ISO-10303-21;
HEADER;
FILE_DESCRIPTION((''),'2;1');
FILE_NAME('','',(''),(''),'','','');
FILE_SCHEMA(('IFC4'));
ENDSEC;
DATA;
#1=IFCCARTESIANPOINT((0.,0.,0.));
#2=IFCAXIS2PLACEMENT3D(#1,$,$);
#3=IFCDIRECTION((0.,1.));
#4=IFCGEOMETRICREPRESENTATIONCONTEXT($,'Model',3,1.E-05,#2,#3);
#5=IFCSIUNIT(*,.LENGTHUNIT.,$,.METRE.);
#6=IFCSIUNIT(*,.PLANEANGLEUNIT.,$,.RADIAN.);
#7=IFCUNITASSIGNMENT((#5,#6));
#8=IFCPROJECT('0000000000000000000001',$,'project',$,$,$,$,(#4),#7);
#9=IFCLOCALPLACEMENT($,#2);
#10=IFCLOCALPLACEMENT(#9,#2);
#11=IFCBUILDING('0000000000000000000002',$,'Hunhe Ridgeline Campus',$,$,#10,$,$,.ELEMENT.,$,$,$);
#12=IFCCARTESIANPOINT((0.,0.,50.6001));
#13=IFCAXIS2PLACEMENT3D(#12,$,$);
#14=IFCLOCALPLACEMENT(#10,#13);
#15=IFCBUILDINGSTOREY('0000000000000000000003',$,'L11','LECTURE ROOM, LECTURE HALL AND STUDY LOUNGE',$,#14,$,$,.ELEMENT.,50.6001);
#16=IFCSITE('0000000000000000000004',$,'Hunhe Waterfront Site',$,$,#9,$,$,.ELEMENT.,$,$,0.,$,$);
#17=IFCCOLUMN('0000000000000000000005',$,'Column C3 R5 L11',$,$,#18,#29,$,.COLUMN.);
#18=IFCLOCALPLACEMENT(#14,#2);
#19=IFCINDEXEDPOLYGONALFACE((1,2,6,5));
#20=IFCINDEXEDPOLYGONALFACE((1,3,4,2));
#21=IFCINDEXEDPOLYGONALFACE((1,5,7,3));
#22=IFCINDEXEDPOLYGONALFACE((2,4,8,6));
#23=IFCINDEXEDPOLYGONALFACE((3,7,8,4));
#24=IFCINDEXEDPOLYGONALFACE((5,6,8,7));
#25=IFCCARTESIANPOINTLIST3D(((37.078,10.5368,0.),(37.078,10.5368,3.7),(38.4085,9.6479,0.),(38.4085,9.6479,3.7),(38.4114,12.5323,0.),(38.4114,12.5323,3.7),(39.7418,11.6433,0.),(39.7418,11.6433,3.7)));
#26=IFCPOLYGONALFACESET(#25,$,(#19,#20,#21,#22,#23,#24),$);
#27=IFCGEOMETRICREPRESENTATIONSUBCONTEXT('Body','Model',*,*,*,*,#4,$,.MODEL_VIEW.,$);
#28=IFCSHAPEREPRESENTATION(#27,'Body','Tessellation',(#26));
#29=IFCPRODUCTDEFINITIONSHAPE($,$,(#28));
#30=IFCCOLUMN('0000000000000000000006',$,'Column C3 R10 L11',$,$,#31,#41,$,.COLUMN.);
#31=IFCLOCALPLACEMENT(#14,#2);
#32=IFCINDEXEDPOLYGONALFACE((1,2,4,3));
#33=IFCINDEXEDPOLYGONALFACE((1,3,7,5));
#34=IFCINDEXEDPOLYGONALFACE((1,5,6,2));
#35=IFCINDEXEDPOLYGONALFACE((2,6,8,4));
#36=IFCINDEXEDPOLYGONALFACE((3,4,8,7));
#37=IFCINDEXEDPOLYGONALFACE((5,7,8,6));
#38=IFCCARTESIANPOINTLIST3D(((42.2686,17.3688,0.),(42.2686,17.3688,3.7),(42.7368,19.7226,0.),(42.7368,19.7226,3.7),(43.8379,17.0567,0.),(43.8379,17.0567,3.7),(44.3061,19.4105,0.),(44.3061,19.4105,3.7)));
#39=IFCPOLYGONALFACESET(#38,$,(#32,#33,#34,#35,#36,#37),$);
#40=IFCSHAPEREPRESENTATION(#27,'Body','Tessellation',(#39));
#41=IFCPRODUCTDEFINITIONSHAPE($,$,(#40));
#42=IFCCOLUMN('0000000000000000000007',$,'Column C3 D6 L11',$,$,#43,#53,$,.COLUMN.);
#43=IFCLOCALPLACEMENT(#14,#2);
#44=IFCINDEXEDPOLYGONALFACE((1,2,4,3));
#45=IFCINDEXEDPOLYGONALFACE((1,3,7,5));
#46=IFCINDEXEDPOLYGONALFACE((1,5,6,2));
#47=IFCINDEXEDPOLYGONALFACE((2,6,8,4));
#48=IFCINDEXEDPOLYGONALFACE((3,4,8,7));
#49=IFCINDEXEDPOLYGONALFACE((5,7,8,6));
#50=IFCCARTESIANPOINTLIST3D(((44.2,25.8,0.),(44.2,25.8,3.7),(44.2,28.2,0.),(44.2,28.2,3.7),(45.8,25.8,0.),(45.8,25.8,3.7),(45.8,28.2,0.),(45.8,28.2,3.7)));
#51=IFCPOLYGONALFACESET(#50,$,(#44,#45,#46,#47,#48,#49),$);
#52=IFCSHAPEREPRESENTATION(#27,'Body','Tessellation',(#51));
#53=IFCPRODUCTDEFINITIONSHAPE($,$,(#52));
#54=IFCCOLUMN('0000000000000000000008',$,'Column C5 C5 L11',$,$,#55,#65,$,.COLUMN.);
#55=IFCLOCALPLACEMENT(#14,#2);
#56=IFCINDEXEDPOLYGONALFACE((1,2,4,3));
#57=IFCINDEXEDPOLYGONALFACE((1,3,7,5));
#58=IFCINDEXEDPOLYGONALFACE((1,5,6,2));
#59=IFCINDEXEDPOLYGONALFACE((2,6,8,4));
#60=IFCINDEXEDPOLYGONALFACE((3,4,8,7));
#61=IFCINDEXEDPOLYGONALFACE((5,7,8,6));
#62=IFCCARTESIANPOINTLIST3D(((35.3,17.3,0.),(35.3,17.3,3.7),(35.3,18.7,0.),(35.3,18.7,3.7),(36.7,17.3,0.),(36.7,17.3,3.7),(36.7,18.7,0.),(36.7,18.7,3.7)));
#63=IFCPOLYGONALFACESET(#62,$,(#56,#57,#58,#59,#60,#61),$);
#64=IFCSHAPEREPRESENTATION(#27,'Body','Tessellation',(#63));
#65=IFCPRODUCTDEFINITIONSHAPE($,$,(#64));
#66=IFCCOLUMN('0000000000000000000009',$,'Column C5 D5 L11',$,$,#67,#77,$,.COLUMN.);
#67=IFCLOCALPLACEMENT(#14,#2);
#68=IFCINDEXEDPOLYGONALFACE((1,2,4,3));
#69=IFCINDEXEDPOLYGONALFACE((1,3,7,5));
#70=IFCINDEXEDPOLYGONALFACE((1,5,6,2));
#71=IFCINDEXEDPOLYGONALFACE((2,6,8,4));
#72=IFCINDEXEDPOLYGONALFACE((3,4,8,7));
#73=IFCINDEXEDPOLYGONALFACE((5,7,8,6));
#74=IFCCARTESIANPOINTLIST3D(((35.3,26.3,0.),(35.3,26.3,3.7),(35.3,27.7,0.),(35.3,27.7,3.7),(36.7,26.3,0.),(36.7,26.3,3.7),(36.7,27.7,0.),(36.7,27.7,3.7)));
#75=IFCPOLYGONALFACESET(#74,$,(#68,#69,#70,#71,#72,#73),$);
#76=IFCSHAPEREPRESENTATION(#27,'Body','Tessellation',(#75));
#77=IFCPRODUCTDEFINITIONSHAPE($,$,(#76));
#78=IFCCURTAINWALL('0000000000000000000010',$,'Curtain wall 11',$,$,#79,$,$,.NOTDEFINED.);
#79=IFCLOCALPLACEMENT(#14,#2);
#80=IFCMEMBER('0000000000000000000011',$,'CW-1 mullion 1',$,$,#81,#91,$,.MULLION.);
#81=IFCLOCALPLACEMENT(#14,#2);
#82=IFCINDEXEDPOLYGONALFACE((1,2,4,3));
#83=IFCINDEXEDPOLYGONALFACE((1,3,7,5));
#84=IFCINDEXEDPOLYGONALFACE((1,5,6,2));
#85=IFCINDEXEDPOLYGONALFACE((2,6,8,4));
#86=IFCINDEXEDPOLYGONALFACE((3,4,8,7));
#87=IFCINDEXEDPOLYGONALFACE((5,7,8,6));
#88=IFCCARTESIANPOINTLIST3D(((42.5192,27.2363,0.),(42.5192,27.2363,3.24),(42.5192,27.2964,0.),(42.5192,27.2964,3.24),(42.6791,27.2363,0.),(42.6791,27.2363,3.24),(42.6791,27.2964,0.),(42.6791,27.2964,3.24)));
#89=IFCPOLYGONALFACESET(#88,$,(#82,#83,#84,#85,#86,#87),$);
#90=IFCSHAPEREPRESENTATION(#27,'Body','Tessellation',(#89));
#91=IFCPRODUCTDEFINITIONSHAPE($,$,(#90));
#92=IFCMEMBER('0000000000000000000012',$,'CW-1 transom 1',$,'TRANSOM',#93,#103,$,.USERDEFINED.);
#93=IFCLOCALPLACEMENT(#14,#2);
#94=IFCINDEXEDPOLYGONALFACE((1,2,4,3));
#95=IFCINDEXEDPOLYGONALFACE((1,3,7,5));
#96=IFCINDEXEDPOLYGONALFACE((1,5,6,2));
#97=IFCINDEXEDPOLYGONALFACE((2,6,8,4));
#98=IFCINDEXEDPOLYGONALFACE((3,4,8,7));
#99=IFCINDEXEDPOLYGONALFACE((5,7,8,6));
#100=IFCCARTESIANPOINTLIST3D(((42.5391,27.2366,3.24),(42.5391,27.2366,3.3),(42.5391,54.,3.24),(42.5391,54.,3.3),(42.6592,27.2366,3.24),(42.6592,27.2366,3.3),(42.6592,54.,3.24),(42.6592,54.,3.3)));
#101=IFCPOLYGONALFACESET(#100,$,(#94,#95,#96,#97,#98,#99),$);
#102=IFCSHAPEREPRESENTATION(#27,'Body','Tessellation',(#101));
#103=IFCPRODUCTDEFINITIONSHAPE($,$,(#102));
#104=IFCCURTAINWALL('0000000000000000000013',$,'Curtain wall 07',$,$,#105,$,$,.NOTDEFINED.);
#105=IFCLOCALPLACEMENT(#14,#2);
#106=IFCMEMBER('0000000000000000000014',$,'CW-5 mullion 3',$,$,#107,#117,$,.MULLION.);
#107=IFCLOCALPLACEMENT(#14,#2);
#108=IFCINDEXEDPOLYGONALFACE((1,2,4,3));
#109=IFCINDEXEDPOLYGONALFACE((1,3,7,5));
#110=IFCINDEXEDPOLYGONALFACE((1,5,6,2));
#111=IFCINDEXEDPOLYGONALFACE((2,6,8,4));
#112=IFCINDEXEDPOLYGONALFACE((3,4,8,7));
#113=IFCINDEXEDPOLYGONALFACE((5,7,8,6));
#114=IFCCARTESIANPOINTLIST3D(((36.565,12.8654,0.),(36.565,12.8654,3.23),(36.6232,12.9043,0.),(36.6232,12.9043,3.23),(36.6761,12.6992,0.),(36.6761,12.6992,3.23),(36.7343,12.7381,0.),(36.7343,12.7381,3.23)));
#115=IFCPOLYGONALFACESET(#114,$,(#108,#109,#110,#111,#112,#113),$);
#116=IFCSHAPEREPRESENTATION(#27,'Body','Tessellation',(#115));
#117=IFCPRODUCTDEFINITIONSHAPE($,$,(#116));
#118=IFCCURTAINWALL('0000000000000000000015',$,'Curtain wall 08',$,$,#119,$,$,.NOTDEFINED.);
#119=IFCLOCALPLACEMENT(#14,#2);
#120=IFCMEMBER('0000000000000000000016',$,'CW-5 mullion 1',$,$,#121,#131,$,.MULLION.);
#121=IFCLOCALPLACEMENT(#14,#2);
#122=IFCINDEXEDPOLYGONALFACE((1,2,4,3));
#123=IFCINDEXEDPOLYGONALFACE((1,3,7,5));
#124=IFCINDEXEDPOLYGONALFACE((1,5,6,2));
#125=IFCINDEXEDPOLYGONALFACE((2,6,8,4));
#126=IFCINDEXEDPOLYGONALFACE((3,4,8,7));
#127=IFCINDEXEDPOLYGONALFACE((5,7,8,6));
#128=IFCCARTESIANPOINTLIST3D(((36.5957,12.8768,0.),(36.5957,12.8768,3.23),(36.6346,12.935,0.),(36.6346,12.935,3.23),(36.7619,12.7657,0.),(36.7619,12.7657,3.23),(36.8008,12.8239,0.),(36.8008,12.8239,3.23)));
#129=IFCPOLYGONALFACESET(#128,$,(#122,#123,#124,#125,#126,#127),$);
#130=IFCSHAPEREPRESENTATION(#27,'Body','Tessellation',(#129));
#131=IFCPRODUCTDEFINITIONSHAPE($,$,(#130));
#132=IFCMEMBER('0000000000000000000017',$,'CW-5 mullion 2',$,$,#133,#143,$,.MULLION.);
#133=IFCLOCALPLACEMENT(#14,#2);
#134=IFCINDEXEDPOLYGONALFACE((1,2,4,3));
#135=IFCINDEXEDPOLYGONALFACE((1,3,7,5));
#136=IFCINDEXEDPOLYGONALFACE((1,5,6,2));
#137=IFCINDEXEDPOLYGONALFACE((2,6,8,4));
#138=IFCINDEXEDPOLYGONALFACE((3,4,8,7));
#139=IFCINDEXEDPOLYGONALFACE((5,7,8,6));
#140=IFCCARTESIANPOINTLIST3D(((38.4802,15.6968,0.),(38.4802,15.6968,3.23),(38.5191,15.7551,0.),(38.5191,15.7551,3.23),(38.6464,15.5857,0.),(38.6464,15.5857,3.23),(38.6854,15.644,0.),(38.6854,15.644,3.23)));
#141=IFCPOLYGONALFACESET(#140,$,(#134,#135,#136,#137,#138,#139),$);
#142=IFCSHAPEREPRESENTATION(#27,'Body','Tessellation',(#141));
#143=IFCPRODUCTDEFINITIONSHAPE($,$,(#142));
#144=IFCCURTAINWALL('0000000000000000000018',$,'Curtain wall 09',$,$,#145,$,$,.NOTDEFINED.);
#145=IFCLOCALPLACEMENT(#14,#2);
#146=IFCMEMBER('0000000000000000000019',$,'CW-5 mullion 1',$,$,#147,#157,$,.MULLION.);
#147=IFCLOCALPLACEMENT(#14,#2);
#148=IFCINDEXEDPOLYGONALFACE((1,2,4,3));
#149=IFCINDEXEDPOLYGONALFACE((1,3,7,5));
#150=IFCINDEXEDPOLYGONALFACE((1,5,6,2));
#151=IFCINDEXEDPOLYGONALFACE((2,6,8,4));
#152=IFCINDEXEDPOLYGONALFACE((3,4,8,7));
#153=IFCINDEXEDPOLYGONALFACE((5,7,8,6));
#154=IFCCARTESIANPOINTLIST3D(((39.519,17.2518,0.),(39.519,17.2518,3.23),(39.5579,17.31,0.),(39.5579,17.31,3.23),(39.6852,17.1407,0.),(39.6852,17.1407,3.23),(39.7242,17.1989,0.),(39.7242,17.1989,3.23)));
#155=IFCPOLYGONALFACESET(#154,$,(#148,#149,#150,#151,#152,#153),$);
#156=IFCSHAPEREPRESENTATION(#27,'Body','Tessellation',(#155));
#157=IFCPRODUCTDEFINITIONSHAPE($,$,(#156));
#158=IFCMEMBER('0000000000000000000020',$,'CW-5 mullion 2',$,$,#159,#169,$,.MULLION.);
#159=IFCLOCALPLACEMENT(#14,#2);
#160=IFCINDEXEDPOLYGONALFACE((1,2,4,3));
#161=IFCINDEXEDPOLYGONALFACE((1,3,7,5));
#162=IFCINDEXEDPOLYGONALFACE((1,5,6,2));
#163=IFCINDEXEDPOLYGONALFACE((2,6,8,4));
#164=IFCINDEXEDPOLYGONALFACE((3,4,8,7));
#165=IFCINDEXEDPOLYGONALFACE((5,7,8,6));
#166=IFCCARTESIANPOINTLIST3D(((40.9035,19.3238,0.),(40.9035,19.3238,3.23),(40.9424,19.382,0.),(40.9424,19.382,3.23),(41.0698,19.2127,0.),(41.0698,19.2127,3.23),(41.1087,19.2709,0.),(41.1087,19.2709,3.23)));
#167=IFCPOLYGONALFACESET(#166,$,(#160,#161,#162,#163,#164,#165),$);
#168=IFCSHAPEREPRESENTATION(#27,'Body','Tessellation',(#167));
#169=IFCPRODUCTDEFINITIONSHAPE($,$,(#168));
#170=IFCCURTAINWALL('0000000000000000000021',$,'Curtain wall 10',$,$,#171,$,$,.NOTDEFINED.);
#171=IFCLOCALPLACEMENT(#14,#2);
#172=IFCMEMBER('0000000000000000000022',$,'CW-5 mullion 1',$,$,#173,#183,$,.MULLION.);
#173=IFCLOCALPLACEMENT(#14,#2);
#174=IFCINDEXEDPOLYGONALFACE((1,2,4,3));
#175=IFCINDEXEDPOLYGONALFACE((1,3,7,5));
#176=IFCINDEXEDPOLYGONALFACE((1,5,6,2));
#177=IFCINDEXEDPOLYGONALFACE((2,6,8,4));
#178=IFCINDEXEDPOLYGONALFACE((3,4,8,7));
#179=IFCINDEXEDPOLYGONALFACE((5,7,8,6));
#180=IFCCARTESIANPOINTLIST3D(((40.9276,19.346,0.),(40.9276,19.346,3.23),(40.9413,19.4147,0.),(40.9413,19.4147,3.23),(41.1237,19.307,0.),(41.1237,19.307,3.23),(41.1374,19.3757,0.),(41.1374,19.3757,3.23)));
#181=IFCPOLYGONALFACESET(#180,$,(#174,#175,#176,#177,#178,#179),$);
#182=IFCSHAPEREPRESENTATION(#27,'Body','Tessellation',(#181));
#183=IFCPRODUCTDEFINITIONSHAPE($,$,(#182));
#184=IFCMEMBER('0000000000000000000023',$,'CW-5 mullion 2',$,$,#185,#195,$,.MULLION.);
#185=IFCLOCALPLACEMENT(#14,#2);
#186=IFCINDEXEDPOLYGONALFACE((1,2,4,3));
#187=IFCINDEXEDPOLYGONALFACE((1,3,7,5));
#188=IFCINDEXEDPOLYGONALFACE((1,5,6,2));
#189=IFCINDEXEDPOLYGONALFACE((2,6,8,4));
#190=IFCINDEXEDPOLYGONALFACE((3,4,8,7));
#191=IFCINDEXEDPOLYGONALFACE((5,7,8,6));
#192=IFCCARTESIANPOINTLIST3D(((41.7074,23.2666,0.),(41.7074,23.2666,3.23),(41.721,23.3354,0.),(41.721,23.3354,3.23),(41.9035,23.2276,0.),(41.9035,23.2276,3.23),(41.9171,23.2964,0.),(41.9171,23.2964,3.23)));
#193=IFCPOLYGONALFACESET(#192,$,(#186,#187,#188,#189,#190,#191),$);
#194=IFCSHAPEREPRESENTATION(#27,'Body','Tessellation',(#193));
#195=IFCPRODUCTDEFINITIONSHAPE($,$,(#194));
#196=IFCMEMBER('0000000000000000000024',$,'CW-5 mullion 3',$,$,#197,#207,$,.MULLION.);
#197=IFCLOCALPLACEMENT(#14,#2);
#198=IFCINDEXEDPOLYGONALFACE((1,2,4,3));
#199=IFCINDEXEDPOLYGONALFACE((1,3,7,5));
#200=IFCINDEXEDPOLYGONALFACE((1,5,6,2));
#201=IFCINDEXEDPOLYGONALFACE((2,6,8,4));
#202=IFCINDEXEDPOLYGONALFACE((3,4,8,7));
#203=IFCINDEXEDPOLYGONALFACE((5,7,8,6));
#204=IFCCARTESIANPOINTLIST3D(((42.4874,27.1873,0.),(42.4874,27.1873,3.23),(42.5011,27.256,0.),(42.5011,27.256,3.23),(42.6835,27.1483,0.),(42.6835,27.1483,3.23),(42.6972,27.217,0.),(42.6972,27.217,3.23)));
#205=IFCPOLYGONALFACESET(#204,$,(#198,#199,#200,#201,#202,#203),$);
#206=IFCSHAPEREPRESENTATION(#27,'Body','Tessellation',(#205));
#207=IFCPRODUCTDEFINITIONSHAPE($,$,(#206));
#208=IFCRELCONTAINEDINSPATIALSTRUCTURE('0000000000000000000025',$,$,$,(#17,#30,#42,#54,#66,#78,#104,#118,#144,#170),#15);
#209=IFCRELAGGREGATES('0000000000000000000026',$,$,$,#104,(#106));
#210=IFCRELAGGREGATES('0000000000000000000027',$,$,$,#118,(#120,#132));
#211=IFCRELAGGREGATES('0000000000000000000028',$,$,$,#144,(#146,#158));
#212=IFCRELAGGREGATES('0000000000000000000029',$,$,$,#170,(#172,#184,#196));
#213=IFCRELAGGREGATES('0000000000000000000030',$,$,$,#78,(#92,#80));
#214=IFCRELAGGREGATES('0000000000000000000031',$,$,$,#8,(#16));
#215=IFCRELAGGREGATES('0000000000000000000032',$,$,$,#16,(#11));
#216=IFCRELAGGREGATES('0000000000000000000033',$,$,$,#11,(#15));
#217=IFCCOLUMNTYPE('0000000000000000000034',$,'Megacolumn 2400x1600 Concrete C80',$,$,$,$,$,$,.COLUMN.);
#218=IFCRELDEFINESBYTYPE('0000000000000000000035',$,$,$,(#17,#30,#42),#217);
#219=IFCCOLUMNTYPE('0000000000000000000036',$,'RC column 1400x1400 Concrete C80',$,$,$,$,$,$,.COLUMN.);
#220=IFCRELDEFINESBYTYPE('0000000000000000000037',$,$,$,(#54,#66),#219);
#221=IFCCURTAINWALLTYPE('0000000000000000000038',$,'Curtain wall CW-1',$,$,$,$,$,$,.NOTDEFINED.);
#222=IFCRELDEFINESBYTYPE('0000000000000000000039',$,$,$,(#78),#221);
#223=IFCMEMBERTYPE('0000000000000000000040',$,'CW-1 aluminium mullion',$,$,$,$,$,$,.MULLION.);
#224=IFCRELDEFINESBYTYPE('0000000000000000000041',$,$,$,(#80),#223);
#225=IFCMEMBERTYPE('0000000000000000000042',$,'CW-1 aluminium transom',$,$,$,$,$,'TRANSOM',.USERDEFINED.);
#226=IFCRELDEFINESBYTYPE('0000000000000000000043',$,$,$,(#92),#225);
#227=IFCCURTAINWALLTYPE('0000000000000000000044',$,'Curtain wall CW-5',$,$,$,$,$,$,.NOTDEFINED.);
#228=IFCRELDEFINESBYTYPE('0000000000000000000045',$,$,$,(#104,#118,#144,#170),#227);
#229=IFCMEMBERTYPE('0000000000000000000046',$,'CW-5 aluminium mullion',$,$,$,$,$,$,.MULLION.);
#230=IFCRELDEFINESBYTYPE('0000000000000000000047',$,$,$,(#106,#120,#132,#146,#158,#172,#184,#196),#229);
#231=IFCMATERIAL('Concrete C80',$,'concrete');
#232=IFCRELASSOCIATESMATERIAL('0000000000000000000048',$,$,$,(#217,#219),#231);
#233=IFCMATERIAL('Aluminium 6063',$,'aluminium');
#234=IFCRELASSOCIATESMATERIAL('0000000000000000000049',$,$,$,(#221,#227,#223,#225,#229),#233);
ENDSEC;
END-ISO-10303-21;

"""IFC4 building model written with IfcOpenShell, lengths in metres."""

from ifc_helpers import new_model, si_unit, direction, frame, origin, origin_2d, place, context, subcontext, project, spatial, rectangle, extrude, material, material_profile, profile_set, type_object, element, aggregate, save


model = new_model("IFC4")

# Units and contexts
model_context = context("Model", 3, precision=1e-05, world=origin(), true_north=direction((0.0, 1.0)))
body_context = subcontext(model_context, "Body", "Model", "MODEL_VIEW")
ifc_project = project(units=[si_unit("LENGTHUNIT", "METRE"), si_unit("PLANEANGLEUNIT", "RADIAN")], contexts=[model_context])

# Site, building, storey
site_placement = place(None, origin())
site = spatial("IfcSite", under=ifc_project, at=site_placement, Name="Hunhe Waterfront Site", CompositionType="ELEMENT", RefElevation=0.0)
building_placement = place(site_placement, origin())
building = spatial("IfcBuilding", under=site, at=building_placement, Name="Hunhe Ridgeline Campus", CompositionType="ELEMENT")
storey_placement = place(building_placement, frame((0.0, 0.0, 50.6001)))
storey = spatial("IfcBuildingStorey", under=building, at=storey_placement, Name="L11", Description="LECTURE ROOM, LECTURE HALL AND STUDY LOUNGE", CompositionType="ELEMENT", Elevation=50.6001)

# Columns
ifc_material_1 = material(Name="Concrete C80", Category="concrete")
ifc_material_profile_1 = material_profile(ifc_material_1, rectangle(XDim=2.3999, YDim=1.6001, at=origin_2d()))
ifc_profile_set_1 = profile_set([ifc_material_profile_1], Name="Concrete C80")
column_type_1 = type_object("IfcColumnType", Name="Megacolumn 2400x1600 Concrete C80", PredefinedType="COLUMN", material=ifc_profile_set_1)
for number, where, z_axis, x_axis, name in (
    (1, (38.4099, 11.0901, 0.0), (0.0, 0.0, 1.0), (0.55557, 0.83147, 0.0), "Column C3 R5 L11"),
    (2, (43.2874, 18.3896, 0.0), (0.0, 0.0, 1.0), (0.19509, 0.980785, 0.0), "Column C3 R10 L11"),
    (3, (45.0, 27.0, 0.0), (0.0, 0.0, 1.0), (0.0, 1.0, 0.0), "Column C3 D6 L11"),
):
    element("IfcColumn", number, at=place(storey_placement, frame(where, z_axis=z_axis, x_axis=x_axis)), inside=storey, type_object=column_type_1, Name=name, PredefinedType="COLUMN", context=body_context, shape_type="SweptSolid", body=[
        extrude(rectangle(XDim=2.3999, YDim=1.6001, at=origin_2d()), origin(), (0.0, 0.0, 1.0), 3.7),
    ])
ifc_material_profile_2 = material_profile(ifc_material_1, rectangle(XDim=1.3999, YDim=1.3999, at=origin_2d()))
ifc_profile_set_2 = profile_set([ifc_material_profile_2], Name="Concrete C80")
column_type_2 = type_object("IfcColumnType", Name="RC column 1400x1400 Concrete C80", PredefinedType="COLUMN", material=ifc_profile_set_2)
for number, where, z_axis, x_axis, name in (
    (4, (36.0, 18.0, 0.0), (0.0, 0.0, 1.0), (1.0, 0.0, 0.0), "Column C5 C5 L11"),
    (5, (36.0, 27.0, 0.0), (0.0, 0.0, 1.0), (1.0, 0.0, 0.0), "Column C5 D5 L11"),
):
    element("IfcColumn", number, at=place(storey_placement, frame(where, z_axis=z_axis, x_axis=x_axis)), inside=storey, type_object=column_type_2, Name=name, PredefinedType="COLUMN", context=body_context, shape_type="SweptSolid", body=[
        extrude(rectangle(XDim=1.3999, YDim=1.3999, at=origin_2d()), origin(), (0.0, 0.0, 1.0), 3.7),
    ])

# Curtain wall, members
ifc_material_2 = material(Name="Aluminium 6063", Category="aluminium")
curtain_wall_type_1 = type_object("IfcCurtainWallType", Name="Curtain wall CW-1", PredefinedType="NOTDEFINED", material=ifc_material_2)
curtain_wall_1_placement = place(storey_placement, origin())
curtain_wall_1 = element("IfcCurtainWall", 6, at=curtain_wall_1_placement, inside=storey, type_object=curtain_wall_type_1, Name="Curtain wall 11", PredefinedType="NOTDEFINED")
ifc_material_profile_3 = material_profile(ifc_material_2, rectangle(XDim=0.1599, YDim=0.0601, at=origin_2d()))
ifc_profile_set_3 = profile_set([ifc_material_profile_3], Name="Aluminium 6063")
member_type_1 = type_object("IfcMemberType", Name="CW-1 aluminium mullion", PredefinedType="MULLION", material=ifc_profile_set_3)
member_1_placement = place(storey_placement, frame((42.5991, 27.2664, 0.0), z_axis=(0.0, 0.0, 1.0), x_axis=(-1.0, 0.0, 0.0)))
member_1 = element("IfcMember", 7, at=member_1_placement, type_object=member_type_1, Name="CW-1 mullion 1", PredefinedType="MULLION", context=body_context, shape_type="SweptSolid", body=[
    extrude(rectangle(XDim=0.1599, YDim=0.0601, at=origin_2d()), origin(), (0.0, 0.0, 1.0), 3.24),
])
ifc_material_profile_4 = material_profile(ifc_material_2, rectangle(XDim=0.1201, YDim=0.0601, at=origin_2d()))
ifc_profile_set_4 = profile_set([ifc_material_profile_4], Name="Aluminium 6063")
member_type_2 = type_object("IfcMemberType", Name="CW-1 aluminium transom", ElementType="TRANSOM", PredefinedType="USERDEFINED", material=ifc_profile_set_4)
member_2_placement = place(storey_placement, frame((42.5991, 27.2366, 3.27), z_axis=(0.0, 1.0, 0.0), x_axis=(-1.0, 0.0, 0.0)))
member_2 = element("IfcMember", 8, at=member_2_placement, type_object=member_type_2, Name="CW-1 transom 1", ObjectType="TRANSOM", PredefinedType="USERDEFINED", context=body_context, shape_type="SweptSolid", body=[
    extrude(rectangle(XDim=0.1201, YDim=0.0601, at=origin_2d()), origin(), (0.0, 0.0, 1.0), 26.7634),
])

# Curtain wall, member
curtain_wall_type_2 = type_object("IfcCurtainWallType", Name="Curtain wall CW-5", PredefinedType="NOTDEFINED", material=ifc_material_2)
curtain_wall_2_placement = place(storey_placement, origin())
curtain_wall_2 = element("IfcCurtainWall", 9, at=curtain_wall_2_placement, inside=storey, type_object=curtain_wall_type_2, Name="Curtain wall 07", PredefinedType="NOTDEFINED")
ifc_material_profile_5 = material_profile(ifc_material_2, rectangle(XDim=0.2, YDim=0.0701, at=origin_2d()))
ifc_profile_set_5 = profile_set([ifc_material_profile_5], Name="Aluminium 6063")
member_type_3 = type_object("IfcMemberType", Name="CW-5 aluminium mullion", PredefinedType="MULLION", material=ifc_profile_set_5)
member_3_placement = place(storey_placement, frame((36.6497, 12.8018, 0.0), z_axis=(0.0, 0.0, 1.0), x_axis=(-0.55557, 0.83147, 0.0)))
member_3 = element("IfcMember", 10, at=member_3_placement, type_object=member_type_3, Name="CW-5 mullion 3", PredefinedType="MULLION", context=body_context, shape_type="SweptSolid", body=[
    extrude(rectangle(XDim=0.2, YDim=0.0701, at=origin_2d()), origin(), (0.0, 0.0, 1.0), 3.23),
])
aggregate(curtain_wall_2, [member_3])

# Curtain walls, members
curtain_wall_3_placement = place(storey_placement, origin())
curtain_wall_3 = element("IfcCurtainWall", 11, at=curtain_wall_3_placement, inside=storey, type_object=curtain_wall_type_2, Name="Curtain wall 08", PredefinedType="NOTDEFINED")
member_4_placement = place(storey_placement, frame((36.6982, 12.8503, 0.0), z_axis=(0.0, 0.0, 1.0), x_axis=(-0.83147, 0.55557, 0.0)))
member_4 = element("IfcMember", 12, at=member_4_placement, type_object=member_type_3, Name="CW-5 mullion 1", PredefinedType="MULLION", context=body_context, shape_type="SweptSolid", body=[
    extrude(rectangle(XDim=0.2, YDim=0.0701, at=origin_2d()), origin(), (0.0, 0.0, 1.0), 3.23),
])
member_5_placement = place(storey_placement, frame((38.5828, 15.6704, 0.0), z_axis=(0.0, 0.0, 1.0), x_axis=(-0.83147, 0.55557, 0.0)))
member_5 = element("IfcMember", 13, at=member_5_placement, type_object=member_type_3, Name="CW-5 mullion 2", PredefinedType="MULLION", context=body_context, shape_type="SweptSolid", body=[
    extrude(rectangle(XDim=0.2, YDim=0.0701, at=origin_2d()), origin(), (0.0, 0.0, 1.0), 3.23),
])
curtain_wall_4_placement = place(storey_placement, origin())
curtain_wall_4 = element("IfcCurtainWall", 14, at=curtain_wall_4_placement, inside=storey, type_object=curtain_wall_type_2, Name="Curtain wall 09", PredefinedType="NOTDEFINED")
member_6_placement = place(storey_placement, frame((39.6216, 17.2253, 0.0), z_axis=(0.0, 0.0, 1.0), x_axis=(-0.83147, 0.55557, 0.0)))
member_6 = element("IfcMember", 15, at=member_6_placement, type_object=member_type_3, Name="CW-5 mullion 1", PredefinedType="MULLION", context=body_context, shape_type="SweptSolid", body=[
    extrude(rectangle(XDim=0.2, YDim=0.0701, at=origin_2d()), origin(), (0.0, 0.0, 1.0), 3.23),
])
member_7_placement = place(storey_placement, frame((41.0061, 19.2974, 0.0), z_axis=(0.0, 0.0, 1.0), x_axis=(-0.83147, 0.55557, 0.0)))
member_7 = element("IfcMember", 16, at=member_7_placement, type_object=member_type_3, Name="CW-5 mullion 2", PredefinedType="MULLION", context=body_context, shape_type="SweptSolid", body=[
    extrude(rectangle(XDim=0.2, YDim=0.0701, at=origin_2d()), origin(), (0.0, 0.0, 1.0), 3.23),
])
curtain_wall_5_placement = place(storey_placement, origin())
curtain_wall_5 = element("IfcCurtainWall", 17, at=curtain_wall_5_placement, inside=storey, type_object=curtain_wall_type_2, Name="Curtain wall 10", PredefinedType="NOTDEFINED")
member_8_placement = place(storey_placement, frame((41.0325, 19.3608, 0.0), z_axis=(0.0, 0.0, 1.0), x_axis=(-0.980785, 0.19509, 0.0)))
member_8 = element("IfcMember", 18, at=member_8_placement, type_object=member_type_3, Name="CW-5 mullion 1", PredefinedType="MULLION", context=body_context, shape_type="SweptSolid", body=[
    extrude(rectangle(XDim=0.2, YDim=0.0701, at=origin_2d()), origin(), (0.0, 0.0, 1.0), 3.23),
])
member_9_placement = place(storey_placement, frame((41.8123, 23.2815, 0.0), z_axis=(0.0, 0.0, 1.0), x_axis=(-0.980785, 0.19509, 0.0)))
member_9 = element("IfcMember", 19, at=member_9_placement, type_object=member_type_3, Name="CW-5 mullion 2", PredefinedType="MULLION", context=body_context, shape_type="SweptSolid", body=[
    extrude(rectangle(XDim=0.2, YDim=0.0701, at=origin_2d()), origin(), (0.0, 0.0, 1.0), 3.23),
])
member_10_placement = place(storey_placement, frame((42.5923, 27.2021, 0.0), z_axis=(0.0, 0.0, 1.0), x_axis=(-0.980785, 0.19509, 0.0)))
member_10 = element("IfcMember", 20, at=member_10_placement, type_object=member_type_3, Name="CW-5 mullion 3", PredefinedType="MULLION", context=body_context, shape_type="SweptSolid", body=[
    extrude(rectangle(XDim=0.2, YDim=0.0701, at=origin_2d()), origin(), (0.0, 0.0, 1.0), 3.23),
])

aggregate(curtain_wall_3, [member_4, member_5])
aggregate(curtain_wall_4, [member_6, member_7])
aggregate(curtain_wall_5, [member_8, member_9, member_10])
aggregate(curtain_wall_1, [member_2, member_1])

save(model, "model.ifc")
